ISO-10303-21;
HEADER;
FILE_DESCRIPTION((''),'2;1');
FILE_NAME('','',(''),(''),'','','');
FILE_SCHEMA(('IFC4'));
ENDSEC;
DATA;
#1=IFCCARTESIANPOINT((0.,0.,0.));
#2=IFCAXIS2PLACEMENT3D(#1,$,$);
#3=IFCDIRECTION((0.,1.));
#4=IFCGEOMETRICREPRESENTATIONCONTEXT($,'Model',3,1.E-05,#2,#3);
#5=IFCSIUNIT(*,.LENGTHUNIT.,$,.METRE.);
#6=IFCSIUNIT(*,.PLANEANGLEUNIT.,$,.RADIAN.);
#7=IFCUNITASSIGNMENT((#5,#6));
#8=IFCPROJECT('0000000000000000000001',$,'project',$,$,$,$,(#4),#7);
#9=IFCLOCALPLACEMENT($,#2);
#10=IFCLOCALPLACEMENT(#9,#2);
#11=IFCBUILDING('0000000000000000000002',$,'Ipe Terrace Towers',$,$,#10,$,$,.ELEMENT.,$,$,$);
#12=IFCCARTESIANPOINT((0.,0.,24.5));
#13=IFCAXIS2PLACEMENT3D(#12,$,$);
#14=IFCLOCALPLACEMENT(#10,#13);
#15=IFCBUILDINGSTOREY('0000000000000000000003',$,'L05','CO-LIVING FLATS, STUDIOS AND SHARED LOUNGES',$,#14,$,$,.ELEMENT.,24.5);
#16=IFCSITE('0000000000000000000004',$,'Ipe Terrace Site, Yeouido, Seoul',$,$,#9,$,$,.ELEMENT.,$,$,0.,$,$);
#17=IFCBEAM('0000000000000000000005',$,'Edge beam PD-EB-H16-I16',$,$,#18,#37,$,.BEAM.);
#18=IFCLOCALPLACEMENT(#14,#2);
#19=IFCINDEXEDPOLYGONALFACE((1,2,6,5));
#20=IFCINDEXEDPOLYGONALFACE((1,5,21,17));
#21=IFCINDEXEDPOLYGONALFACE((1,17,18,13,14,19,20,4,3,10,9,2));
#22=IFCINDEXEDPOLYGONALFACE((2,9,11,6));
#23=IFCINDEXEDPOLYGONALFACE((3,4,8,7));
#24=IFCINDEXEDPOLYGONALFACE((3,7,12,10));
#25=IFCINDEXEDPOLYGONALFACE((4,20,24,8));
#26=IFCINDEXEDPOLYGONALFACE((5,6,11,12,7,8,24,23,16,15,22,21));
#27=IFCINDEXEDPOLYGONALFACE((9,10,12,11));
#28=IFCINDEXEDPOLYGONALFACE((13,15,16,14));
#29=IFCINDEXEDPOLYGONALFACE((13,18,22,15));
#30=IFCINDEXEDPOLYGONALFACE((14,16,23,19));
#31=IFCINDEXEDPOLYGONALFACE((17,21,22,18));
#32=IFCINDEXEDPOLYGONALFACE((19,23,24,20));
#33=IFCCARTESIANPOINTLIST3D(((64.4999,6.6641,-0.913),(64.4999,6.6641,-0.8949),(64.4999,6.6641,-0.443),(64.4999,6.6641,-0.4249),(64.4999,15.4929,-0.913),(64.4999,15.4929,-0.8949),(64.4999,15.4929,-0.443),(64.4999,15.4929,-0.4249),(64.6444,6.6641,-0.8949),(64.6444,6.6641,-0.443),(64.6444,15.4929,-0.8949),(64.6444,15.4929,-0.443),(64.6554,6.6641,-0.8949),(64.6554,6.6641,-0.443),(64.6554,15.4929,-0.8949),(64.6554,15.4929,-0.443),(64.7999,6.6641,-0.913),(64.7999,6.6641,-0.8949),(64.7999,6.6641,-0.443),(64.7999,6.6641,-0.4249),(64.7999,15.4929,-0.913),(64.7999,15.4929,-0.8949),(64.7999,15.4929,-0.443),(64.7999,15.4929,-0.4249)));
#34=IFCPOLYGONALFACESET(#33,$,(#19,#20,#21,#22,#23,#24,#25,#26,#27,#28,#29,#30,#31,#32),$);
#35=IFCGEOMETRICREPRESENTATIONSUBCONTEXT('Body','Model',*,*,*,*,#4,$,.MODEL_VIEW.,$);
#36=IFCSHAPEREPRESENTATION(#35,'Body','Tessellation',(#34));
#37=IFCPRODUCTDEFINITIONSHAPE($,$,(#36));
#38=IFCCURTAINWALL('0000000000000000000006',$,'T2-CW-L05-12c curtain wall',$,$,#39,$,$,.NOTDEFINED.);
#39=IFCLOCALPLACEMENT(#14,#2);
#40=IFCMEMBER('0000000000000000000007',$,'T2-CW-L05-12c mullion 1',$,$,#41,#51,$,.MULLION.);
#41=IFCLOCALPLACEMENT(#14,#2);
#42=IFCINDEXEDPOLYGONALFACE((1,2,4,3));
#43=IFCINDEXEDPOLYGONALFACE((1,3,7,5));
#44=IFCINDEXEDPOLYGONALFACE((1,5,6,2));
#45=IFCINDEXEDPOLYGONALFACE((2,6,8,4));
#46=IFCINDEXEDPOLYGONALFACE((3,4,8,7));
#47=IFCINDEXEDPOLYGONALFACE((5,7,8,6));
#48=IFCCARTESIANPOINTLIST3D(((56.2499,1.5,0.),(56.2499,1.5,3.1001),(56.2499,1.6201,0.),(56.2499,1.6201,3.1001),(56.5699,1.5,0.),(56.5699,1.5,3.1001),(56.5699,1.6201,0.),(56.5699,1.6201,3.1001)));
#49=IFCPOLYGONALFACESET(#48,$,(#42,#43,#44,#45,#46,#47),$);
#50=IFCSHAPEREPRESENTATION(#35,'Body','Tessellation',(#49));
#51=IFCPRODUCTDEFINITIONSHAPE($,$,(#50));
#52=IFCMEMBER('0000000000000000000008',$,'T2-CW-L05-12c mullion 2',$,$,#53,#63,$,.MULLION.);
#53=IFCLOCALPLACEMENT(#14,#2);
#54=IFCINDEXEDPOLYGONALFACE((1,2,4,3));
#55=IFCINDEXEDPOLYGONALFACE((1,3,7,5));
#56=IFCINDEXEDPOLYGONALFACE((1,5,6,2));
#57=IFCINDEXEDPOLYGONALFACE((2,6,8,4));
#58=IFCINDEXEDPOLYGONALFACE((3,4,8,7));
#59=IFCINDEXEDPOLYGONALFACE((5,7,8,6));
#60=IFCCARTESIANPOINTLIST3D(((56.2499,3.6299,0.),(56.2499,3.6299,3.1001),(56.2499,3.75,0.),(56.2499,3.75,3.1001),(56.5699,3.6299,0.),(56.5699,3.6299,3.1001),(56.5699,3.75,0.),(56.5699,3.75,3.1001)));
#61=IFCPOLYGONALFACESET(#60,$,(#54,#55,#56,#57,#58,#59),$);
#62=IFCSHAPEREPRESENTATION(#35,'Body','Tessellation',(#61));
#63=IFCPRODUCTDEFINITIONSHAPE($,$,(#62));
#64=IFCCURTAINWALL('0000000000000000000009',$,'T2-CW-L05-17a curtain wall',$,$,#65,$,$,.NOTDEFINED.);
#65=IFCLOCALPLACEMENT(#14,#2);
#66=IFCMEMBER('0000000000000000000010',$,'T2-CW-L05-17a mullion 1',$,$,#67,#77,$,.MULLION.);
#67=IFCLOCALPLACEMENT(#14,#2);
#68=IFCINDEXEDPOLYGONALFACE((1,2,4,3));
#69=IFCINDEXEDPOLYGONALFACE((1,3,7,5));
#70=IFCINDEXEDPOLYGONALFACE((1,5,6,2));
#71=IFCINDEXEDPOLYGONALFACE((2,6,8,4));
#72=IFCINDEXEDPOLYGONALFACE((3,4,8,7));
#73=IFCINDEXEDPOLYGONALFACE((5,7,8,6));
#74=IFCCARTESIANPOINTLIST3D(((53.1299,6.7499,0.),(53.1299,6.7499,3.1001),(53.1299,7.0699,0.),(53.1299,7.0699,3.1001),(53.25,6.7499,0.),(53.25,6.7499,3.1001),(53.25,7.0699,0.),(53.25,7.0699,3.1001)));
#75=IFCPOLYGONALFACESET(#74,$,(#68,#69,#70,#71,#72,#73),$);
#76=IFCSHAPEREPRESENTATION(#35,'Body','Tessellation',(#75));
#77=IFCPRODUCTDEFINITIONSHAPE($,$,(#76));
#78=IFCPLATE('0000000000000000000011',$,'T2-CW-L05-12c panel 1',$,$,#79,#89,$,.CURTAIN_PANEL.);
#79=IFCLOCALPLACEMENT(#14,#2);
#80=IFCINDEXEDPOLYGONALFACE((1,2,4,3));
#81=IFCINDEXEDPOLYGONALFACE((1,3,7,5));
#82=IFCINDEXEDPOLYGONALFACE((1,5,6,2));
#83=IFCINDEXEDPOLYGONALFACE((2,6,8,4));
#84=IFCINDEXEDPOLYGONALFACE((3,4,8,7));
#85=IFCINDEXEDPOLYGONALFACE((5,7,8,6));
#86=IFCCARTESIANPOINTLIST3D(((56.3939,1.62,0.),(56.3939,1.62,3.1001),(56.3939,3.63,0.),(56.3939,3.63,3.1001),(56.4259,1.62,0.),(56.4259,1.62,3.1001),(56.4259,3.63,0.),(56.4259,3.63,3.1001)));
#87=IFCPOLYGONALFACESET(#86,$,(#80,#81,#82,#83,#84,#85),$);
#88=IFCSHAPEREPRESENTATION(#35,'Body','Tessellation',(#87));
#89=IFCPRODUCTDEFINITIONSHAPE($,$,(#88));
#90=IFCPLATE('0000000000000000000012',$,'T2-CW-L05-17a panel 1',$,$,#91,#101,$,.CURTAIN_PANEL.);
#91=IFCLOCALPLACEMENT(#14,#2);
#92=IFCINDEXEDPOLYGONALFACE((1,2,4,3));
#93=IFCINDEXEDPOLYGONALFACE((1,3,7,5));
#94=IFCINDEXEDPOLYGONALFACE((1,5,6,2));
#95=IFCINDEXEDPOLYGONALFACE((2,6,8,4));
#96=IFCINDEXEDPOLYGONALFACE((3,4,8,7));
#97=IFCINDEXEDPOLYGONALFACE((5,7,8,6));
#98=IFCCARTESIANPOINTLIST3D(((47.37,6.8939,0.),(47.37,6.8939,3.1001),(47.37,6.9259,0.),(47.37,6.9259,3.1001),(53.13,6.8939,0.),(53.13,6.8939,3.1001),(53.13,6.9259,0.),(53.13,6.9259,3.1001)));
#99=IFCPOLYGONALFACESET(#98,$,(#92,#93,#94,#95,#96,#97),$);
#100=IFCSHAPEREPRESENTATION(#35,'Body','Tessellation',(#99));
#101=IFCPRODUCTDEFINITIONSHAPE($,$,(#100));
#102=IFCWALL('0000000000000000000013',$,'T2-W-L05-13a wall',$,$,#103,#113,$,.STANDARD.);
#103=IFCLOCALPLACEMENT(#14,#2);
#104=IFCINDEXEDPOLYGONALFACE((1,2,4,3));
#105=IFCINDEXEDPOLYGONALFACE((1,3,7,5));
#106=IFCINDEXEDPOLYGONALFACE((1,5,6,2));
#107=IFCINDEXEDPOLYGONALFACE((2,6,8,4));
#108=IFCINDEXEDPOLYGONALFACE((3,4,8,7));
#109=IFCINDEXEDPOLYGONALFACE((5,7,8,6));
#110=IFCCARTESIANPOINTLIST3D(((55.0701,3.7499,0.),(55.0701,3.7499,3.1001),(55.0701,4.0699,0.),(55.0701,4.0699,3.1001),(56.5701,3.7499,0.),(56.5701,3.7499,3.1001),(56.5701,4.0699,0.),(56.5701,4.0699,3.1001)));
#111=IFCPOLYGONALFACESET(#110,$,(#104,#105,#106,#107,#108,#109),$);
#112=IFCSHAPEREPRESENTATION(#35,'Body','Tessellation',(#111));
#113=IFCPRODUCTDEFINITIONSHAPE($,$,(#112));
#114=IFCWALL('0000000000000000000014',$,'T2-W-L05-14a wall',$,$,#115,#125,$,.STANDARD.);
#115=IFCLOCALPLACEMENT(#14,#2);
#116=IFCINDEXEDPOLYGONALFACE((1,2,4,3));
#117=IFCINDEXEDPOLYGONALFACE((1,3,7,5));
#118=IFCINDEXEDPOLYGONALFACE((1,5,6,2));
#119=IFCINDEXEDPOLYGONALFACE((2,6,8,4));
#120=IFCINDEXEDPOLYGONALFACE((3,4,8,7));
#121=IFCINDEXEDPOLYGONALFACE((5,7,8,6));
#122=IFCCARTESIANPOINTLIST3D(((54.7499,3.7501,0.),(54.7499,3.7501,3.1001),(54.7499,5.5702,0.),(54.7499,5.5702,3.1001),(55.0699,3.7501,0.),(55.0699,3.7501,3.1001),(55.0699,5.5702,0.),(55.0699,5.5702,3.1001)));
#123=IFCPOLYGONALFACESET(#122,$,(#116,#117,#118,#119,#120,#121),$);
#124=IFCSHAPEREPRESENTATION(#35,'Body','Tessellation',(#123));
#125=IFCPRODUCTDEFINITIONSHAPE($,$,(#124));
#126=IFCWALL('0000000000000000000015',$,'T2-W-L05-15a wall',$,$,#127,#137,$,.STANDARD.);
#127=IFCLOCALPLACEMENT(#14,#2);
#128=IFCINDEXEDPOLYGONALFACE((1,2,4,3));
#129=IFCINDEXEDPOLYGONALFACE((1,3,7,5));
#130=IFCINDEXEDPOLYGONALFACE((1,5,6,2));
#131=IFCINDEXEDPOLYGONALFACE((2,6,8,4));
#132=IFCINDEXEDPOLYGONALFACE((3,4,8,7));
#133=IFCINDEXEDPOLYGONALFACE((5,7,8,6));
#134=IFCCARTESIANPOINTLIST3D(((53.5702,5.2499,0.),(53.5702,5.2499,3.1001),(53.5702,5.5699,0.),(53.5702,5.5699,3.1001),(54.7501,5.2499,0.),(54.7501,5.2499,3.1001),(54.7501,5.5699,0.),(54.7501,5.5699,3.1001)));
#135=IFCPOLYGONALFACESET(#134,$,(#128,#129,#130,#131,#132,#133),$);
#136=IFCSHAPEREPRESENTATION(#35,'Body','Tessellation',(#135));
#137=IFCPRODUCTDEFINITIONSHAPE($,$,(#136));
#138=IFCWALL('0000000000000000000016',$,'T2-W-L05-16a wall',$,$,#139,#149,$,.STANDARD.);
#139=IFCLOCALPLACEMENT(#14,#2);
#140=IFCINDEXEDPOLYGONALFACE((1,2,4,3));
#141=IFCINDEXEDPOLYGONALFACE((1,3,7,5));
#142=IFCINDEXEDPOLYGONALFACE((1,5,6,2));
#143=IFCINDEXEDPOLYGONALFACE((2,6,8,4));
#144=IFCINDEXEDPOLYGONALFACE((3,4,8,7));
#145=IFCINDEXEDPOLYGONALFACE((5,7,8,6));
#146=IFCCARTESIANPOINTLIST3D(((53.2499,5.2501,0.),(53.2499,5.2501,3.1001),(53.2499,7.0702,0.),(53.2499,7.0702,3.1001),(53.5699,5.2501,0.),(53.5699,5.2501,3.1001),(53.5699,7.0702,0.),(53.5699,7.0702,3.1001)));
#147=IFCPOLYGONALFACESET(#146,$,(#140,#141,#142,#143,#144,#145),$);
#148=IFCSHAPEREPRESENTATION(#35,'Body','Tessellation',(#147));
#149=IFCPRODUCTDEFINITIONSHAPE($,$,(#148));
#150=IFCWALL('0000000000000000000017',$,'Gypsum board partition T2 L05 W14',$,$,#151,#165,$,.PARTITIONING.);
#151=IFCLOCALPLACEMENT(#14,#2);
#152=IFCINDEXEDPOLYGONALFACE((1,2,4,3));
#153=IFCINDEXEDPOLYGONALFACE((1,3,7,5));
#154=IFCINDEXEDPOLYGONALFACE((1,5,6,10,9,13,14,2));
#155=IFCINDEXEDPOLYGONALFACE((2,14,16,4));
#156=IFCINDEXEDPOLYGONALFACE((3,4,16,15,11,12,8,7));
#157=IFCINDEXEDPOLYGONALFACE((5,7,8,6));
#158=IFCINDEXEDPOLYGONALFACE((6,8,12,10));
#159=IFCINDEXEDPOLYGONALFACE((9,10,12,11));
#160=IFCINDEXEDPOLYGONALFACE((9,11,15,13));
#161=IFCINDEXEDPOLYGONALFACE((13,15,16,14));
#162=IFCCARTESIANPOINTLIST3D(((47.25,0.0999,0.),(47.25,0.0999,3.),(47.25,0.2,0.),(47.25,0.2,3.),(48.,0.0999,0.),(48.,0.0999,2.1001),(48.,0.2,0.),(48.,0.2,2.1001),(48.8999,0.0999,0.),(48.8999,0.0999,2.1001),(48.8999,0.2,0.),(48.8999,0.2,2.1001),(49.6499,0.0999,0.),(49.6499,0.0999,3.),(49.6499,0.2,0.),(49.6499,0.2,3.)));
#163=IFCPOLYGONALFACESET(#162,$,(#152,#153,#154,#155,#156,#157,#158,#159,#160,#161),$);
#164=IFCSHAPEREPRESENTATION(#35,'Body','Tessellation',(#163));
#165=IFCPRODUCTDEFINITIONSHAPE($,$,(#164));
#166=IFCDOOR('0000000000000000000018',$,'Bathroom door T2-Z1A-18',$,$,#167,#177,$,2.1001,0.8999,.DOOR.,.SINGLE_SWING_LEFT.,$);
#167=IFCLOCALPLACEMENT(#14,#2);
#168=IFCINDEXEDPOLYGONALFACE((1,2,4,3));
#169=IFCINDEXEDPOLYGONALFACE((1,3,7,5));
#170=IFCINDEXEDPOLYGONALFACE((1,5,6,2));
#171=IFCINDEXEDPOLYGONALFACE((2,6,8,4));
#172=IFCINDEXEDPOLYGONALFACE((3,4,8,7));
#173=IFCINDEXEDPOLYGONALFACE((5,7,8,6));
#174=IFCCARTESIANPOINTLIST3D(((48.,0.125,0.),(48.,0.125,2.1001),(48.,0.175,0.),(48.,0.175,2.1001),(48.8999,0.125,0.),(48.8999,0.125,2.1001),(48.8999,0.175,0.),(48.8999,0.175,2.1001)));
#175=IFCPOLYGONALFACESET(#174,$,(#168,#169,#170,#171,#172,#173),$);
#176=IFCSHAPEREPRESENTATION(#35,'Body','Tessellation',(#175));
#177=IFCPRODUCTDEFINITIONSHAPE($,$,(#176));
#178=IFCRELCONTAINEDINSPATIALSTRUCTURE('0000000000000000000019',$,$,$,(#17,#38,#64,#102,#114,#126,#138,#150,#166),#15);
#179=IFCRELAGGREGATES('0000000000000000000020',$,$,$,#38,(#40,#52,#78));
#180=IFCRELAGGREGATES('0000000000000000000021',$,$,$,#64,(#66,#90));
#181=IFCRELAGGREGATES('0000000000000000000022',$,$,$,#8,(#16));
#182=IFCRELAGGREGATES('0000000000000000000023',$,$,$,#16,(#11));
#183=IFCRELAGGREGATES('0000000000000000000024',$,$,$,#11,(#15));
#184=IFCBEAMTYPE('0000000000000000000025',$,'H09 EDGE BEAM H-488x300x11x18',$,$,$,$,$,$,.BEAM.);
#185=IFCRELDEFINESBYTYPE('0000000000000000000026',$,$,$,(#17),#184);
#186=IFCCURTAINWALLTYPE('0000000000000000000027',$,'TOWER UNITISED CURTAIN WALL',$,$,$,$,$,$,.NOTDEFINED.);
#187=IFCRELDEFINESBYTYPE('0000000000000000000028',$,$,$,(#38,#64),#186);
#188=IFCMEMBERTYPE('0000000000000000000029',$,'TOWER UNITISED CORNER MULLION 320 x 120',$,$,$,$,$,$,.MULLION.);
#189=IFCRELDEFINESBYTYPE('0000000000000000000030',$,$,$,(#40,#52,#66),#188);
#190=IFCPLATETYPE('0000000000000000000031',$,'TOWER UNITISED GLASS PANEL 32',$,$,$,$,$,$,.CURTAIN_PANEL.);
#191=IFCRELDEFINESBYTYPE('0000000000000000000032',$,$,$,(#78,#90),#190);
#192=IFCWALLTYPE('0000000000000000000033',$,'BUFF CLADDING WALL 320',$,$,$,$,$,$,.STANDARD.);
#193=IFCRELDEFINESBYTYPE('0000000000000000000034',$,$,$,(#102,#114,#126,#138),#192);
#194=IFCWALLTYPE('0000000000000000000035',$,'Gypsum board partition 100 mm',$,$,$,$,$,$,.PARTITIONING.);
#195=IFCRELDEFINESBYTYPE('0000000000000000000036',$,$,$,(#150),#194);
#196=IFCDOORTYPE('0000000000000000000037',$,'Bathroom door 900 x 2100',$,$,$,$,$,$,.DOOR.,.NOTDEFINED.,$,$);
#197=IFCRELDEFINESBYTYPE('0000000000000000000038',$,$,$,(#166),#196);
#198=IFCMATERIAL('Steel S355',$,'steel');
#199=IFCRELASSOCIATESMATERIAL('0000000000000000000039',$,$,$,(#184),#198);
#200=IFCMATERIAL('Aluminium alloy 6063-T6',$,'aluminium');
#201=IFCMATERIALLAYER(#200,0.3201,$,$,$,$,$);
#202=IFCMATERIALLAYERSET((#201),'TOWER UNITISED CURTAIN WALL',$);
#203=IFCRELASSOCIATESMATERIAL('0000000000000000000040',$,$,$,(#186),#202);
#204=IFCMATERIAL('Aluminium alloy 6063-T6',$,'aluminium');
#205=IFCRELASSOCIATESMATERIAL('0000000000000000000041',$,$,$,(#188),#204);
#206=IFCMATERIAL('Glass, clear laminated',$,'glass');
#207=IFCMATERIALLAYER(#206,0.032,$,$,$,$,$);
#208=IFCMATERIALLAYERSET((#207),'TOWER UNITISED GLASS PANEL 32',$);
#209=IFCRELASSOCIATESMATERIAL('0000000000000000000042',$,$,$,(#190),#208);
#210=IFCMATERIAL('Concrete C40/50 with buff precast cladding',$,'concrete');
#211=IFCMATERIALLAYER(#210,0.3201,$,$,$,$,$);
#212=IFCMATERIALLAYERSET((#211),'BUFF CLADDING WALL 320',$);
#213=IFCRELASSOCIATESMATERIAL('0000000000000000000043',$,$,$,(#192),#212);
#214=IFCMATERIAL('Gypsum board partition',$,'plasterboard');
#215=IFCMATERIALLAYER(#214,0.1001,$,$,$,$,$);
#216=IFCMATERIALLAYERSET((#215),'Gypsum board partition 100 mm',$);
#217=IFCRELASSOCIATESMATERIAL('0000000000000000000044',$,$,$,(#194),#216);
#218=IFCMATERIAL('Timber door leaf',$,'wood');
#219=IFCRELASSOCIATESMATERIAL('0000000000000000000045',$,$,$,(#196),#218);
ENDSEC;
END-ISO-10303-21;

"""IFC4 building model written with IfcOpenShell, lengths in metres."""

from ifc_helpers import new_model, si_unit, direction, frame, frame_2d, origin, origin_2d, place, context, subcontext, project, spatial, rectangle, i_section, extrude, material, layer, layer_set, material_profile, profile_set, type_object, element, fill, aggregate, save


model = new_model("IFC4")

# Units and contexts
model_context = context("Model", 3, precision=1e-05, world=origin(), true_north=direction((0.0, 1.0)))
body_context = subcontext(model_context, "Body", "Model", "MODEL_VIEW")
ifc_project = project(units=[si_unit("LENGTHUNIT", "METRE"), si_unit("PLANEANGLEUNIT", "RADIAN")], contexts=[model_context])

# Site, building, storey
site_placement = place(None, origin())
site = spatial("IfcSite", under=ifc_project, at=site_placement, Name="Ipe Terrace Site, Yeouido, Seoul", CompositionType="ELEMENT", RefElevation=0.0)
building_placement = place(site_placement, origin())
building = spatial("IfcBuilding", under=site, at=building_placement, Name="Ipe Terrace Towers", CompositionType="ELEMENT")
storey_placement = place(building_placement, frame((0.0, 0.0, 24.5)))
storey = spatial("IfcBuildingStorey", under=building, at=storey_placement, Name="L05", Description="CO-LIVING FLATS, STUDIOS AND SHARED LOUNGES", CompositionType="ELEMENT", Elevation=24.5)

# Beam
ifc_material_1 = material(Name="Steel S355", Category="steel")
ifc_material_profile_1 = material_profile(ifc_material_1, i_section(OverallWidth=0.3, OverallDepth=0.488, WebThickness=0.011, FlangeThickness=0.0181, at=origin_2d()), Name="H-488x300x11x18")
ifc_profile_set_1 = profile_set([ifc_material_profile_1], Name="Steel S355")
beam_type_1 = type_object("IfcBeamType", Name="H09 EDGE BEAM H-488x300x11x18", PredefinedType="BEAM", material=ifc_profile_set_1)
beam_1_placement = place(storey_placement, frame((64.6499, 6.6641, -0.6689), z_axis=(0.0, 1.0, 0.0), x_axis=(-1.0, 0.0, 0.0)))
element("IfcBeam", 1, at=beam_1_placement, inside=storey, type_object=beam_type_1, Name="Edge beam PD-EB-H16-I16", PredefinedType="BEAM", context=body_context, shape_type="SweptSolid", body=[
    extrude(i_section(OverallWidth=0.3, OverallDepth=0.488, WebThickness=0.011, FlangeThickness=0.0181, at=origin_2d()), origin(), (0.0, 0.0, 1.0), 8.8289),
])

# Curtain wall, members
ifc_material_2 = material(Name="Aluminium alloy 6063-T6", Category="aluminium")
ifc_layer_1 = layer(ifc_material_2, 0.3201)
ifc_layer_set_1 = layer_set([ifc_layer_1], Name="TOWER UNITISED CURTAIN WALL")
curtain_wall_type = type_object("IfcCurtainWallType", Name="TOWER UNITISED CURTAIN WALL", PredefinedType="NOTDEFINED", material=ifc_layer_set_1)
curtain_wall_1_placement = place(storey_placement, origin())
curtain_wall_1 = element("IfcCurtainWall", 2, at=curtain_wall_1_placement, inside=storey, type_object=curtain_wall_type, Name="T2-CW-L05-12c curtain wall", PredefinedType="NOTDEFINED")
ifc_material_3 = material(Name="Aluminium alloy 6063-T6", Category="aluminium")
ifc_material_profile_2 = material_profile(ifc_material_3, rectangle(XDim=0.3201, YDim=0.1201, at=origin_2d()), Name="TOWER UNITISED CORNER MULLION 320 x 120")
ifc_profile_set_2 = profile_set([ifc_material_profile_2], Name="Aluminium alloy 6063-T6")
member_type = type_object("IfcMemberType", Name="TOWER UNITISED CORNER MULLION 320 x 120", PredefinedType="MULLION", material=ifc_profile_set_2)
member_1_placement = place(storey_placement, frame((56.4099, 1.5601, 0.0), z_axis=(0.0, 0.0, 1.0), x_axis=(1.0, 0.0, 0.0)))
member_1 = element("IfcMember", 3, at=member_1_placement, type_object=member_type, Name="T2-CW-L05-12c mullion 1", PredefinedType="MULLION", context=body_context, shape_type="SweptSolid", body=[
    extrude(rectangle(XDim=0.3201, YDim=0.1201, at=origin_2d()), origin(), (0.0, 0.0, 1.0), 3.1001),
])
member_2_placement = place(storey_placement, frame((56.4099, 3.6899, 0.0), z_axis=(0.0, 0.0, 1.0), x_axis=(1.0, 0.0, 0.0)))
member_2 = element("IfcMember", 4, at=member_2_placement, type_object=member_type, Name="T2-CW-L05-12c mullion 2", PredefinedType="MULLION", context=body_context, shape_type="SweptSolid", body=[
    extrude(rectangle(XDim=0.3201, YDim=0.1201, at=origin_2d()), origin(), (0.0, 0.0, 1.0), 3.1001),
])

# Curtain wall, member
curtain_wall_2_placement = place(storey_placement, origin())
curtain_wall_2 = element("IfcCurtainWall", 5, at=curtain_wall_2_placement, inside=storey, type_object=curtain_wall_type, Name="T2-CW-L05-17a curtain wall", PredefinedType="NOTDEFINED")
member_3_placement = place(storey_placement, frame((53.1899, 6.9099, 0.0), z_axis=(0.0, 0.0, 1.0), x_axis=(0.0, 1.0, 0.0)))
member_3 = element("IfcMember", 6, at=member_3_placement, type_object=member_type, Name="T2-CW-L05-17a mullion 1", PredefinedType="MULLION", context=body_context, shape_type="SweptSolid", body=[
    extrude(rectangle(XDim=0.3201, YDim=0.1201, at=origin_2d()), origin(), (0.0, 0.0, 1.0), 3.1001),
])

# Plates
ifc_material_4 = material(Name="Glass, clear laminated", Category="glass")
ifc_layer_2 = layer(ifc_material_4, 0.032)
ifc_layer_set_2 = layer_set([ifc_layer_2], Name="TOWER UNITISED GLASS PANEL 32")
plate_type = type_object("IfcPlateType", Name="TOWER UNITISED GLASS PANEL 32", PredefinedType="CURTAIN_PANEL", material=ifc_layer_set_2)
plate_1_placement = place(storey_placement, frame((56.4099, 2.625, 0.0), z_axis=(0.0, 0.0, 1.0), x_axis=(0.0, 1.0, 0.0)))
plate_1 = element("IfcPlate", 7, at=plate_1_placement, type_object=plate_type, Name="T2-CW-L05-12c panel 1", PredefinedType="CURTAIN_PANEL", context=body_context, shape_type="SweptSolid", body=[
    extrude(rectangle(XDim=2.01, YDim=0.032, at=origin_2d()), origin(), (0.0, 0.0, 1.0), 3.1001),
])
aggregate(curtain_wall_1, [member_1, member_2, plate_1])
plate_2_placement = place(storey_placement, frame((50.25, 6.9099, 0.0), z_axis=(0.0, 0.0, 1.0), x_axis=(-1.0, 0.0, 0.0)))
plate_2 = element("IfcPlate", 8, at=plate_2_placement, type_object=plate_type, Name="T2-CW-L05-17a panel 1", PredefinedType="CURTAIN_PANEL", context=body_context, shape_type="SweptSolid", body=[
    extrude(rectangle(XDim=5.76, YDim=0.032, at=origin_2d()), origin(), (0.0, 0.0, 1.0), 3.1001),
])
aggregate(curtain_wall_2, [member_3, plate_2])

# Walls
ifc_material_5 = material(Name="Concrete C40/50 with buff precast cladding", Category="concrete")
ifc_layer_3 = layer(ifc_material_5, 0.3201)
ifc_layer_set_3 = layer_set([ifc_layer_3], Name="BUFF CLADDING WALL 320")
wall_type_1 = type_object("IfcWallType", Name="BUFF CLADDING WALL 320", PredefinedType="STANDARD", material=ifc_layer_set_3)
wall_1_placement = place(storey_placement, frame((56.5701, 3.9099, 0.0), z_axis=(0.0, 0.0, 1.0), x_axis=(-1.0, 0.0, 0.0)))
element("IfcWall", 9, at=wall_1_placement, inside=storey, type_object=wall_type_1, Name="T2-W-L05-13a wall", PredefinedType="STANDARD", context=body_context, shape_type="SweptSolid", body=[
    extrude(rectangle(XDim=1.5, YDim=0.3201, at=frame_2d((0.75, 0.0))), origin(), (0.0, 0.0, 1.0), 3.1001),
])
wall_2_placement = place(storey_placement, frame((54.9099, 3.75, 0.0), z_axis=(0.0, 0.0, 1.0), x_axis=(0.0, 1.0, 0.0)))
element("IfcWall", 10, at=wall_2_placement, inside=storey, type_object=wall_type_1, Name="T2-W-L05-14a wall", PredefinedType="STANDARD", context=body_context, shape_type="SweptSolid", body=[
    extrude(rectangle(XDim=1.8201, YDim=0.3201, at=frame_2d((0.9102, 0.0))), origin(), (0.0, 0.0, 1.0), 3.1001),
])
wall_3_placement = place(storey_placement, frame((54.75, 5.4099, 0.0), z_axis=(0.0, 0.0, 1.0), x_axis=(-1.0, 0.0, 0.0)))
element("IfcWall", 11, at=wall_3_placement, inside=storey, type_object=wall_type_1, Name="T2-W-L05-15a wall", PredefinedType="STANDARD", context=body_context, shape_type="SweptSolid", body=[
    extrude(rectangle(XDim=1.1799, YDim=0.3201, at=frame_2d((0.5898, 0.0))), origin(), (0.0, 0.0, 1.0), 3.1001),
])
wall_4_placement = place(storey_placement, frame((53.4099, 5.25, 0.0), z_axis=(0.0, 0.0, 1.0), x_axis=(0.0, 1.0, 0.0)))
element("IfcWall", 12, at=wall_4_placement, inside=storey, type_object=wall_type_1, Name="T2-W-L05-16a wall", PredefinedType="STANDARD", context=body_context, shape_type="SweptSolid", body=[
    extrude(rectangle(XDim=1.8201, YDim=0.3201, at=frame_2d((0.9102, 0.0))), origin(), (0.0, 0.0, 1.0), 3.1001),
])

# Wall, opening, door
ifc_material_6 = material(Name="Gypsum board partition", Category="plasterboard")
ifc_layer_4 = layer(ifc_material_6, 0.1001)
ifc_layer_set_4 = layer_set([ifc_layer_4], Name="Gypsum board partition 100 mm")
wall_type_2 = type_object("IfcWallType", Name="Gypsum board partition 100 mm", PredefinedType="PARTITIONING", material=ifc_layer_set_4)
wall_5_placement = place(storey_placement, frame((49.6499, 0.1499, 0.0), z_axis=(0.0, 0.0, 1.0), x_axis=(-1.0, 0.0, 0.0)))
wall_5 = element("IfcWall", 13, at=wall_5_placement, inside=storey, type_object=wall_type_2, Name="Gypsum board partition T2 L05 W14", PredefinedType="PARTITIONING", context=body_context, shape_type="SweptSolid", body=[
    extrude(rectangle(XDim=2.3999, YDim=0.1001, at=frame_2d((1.2, 0.0))), origin(), (0.0, 0.0, 1.0), 3.0),
])
opening_1_placement = place(wall_5_placement, frame((0.75, 0.0, 0.0)))
opening_1 = element("IfcOpeningElement", 14, at=opening_1_placement, cuts=wall_5, PredefinedType="OPENING", context=body_context, shape_type="SweptSolid", body=[
    extrude(rectangle(XDim=0.8999, YDim=2.1001, at=frame_2d((0.45, 1.05))), frame((0.0, 0.0601, 0.0), z_axis=(0.0, -1.0, 0.0), x_axis=(1.0, 0.0, 0.0)), (0.0, 0.0, 1.0), 0.1201),
])
ifc_material_7 = material(Name="Timber door leaf", Category="wood")
door_type_1 = type_object("IfcDoorType", Name="Bathroom door 900 x 2100", OperationType="NOTDEFINED", PredefinedType="DOOR", material=ifc_material_7)
door_1_placement = place(opening_1_placement, origin())
door_1 = element("IfcDoor", 15, at=door_1_placement, inside=storey, type_object=door_type_1, Name="Bathroom door T2-Z1A-18", OperationType="SINGLE_SWING_LEFT", OverallHeight=2.1001, OverallWidth=0.8999, PredefinedType="DOOR", context=body_context, shape_type="SweptSolid", body=[
    extrude(rectangle(XDim=0.8999, YDim=2.1001, at=frame_2d((0.45, 1.05))), frame((0.0, 0.0249, 0.0), z_axis=(0.0, -1.0, 0.0), x_axis=(1.0, 0.0, 0.0)), (0.0, 0.0, 1.0), 0.05),
])
fill(opening_1, door_1)

save(model, "model.ifc")
